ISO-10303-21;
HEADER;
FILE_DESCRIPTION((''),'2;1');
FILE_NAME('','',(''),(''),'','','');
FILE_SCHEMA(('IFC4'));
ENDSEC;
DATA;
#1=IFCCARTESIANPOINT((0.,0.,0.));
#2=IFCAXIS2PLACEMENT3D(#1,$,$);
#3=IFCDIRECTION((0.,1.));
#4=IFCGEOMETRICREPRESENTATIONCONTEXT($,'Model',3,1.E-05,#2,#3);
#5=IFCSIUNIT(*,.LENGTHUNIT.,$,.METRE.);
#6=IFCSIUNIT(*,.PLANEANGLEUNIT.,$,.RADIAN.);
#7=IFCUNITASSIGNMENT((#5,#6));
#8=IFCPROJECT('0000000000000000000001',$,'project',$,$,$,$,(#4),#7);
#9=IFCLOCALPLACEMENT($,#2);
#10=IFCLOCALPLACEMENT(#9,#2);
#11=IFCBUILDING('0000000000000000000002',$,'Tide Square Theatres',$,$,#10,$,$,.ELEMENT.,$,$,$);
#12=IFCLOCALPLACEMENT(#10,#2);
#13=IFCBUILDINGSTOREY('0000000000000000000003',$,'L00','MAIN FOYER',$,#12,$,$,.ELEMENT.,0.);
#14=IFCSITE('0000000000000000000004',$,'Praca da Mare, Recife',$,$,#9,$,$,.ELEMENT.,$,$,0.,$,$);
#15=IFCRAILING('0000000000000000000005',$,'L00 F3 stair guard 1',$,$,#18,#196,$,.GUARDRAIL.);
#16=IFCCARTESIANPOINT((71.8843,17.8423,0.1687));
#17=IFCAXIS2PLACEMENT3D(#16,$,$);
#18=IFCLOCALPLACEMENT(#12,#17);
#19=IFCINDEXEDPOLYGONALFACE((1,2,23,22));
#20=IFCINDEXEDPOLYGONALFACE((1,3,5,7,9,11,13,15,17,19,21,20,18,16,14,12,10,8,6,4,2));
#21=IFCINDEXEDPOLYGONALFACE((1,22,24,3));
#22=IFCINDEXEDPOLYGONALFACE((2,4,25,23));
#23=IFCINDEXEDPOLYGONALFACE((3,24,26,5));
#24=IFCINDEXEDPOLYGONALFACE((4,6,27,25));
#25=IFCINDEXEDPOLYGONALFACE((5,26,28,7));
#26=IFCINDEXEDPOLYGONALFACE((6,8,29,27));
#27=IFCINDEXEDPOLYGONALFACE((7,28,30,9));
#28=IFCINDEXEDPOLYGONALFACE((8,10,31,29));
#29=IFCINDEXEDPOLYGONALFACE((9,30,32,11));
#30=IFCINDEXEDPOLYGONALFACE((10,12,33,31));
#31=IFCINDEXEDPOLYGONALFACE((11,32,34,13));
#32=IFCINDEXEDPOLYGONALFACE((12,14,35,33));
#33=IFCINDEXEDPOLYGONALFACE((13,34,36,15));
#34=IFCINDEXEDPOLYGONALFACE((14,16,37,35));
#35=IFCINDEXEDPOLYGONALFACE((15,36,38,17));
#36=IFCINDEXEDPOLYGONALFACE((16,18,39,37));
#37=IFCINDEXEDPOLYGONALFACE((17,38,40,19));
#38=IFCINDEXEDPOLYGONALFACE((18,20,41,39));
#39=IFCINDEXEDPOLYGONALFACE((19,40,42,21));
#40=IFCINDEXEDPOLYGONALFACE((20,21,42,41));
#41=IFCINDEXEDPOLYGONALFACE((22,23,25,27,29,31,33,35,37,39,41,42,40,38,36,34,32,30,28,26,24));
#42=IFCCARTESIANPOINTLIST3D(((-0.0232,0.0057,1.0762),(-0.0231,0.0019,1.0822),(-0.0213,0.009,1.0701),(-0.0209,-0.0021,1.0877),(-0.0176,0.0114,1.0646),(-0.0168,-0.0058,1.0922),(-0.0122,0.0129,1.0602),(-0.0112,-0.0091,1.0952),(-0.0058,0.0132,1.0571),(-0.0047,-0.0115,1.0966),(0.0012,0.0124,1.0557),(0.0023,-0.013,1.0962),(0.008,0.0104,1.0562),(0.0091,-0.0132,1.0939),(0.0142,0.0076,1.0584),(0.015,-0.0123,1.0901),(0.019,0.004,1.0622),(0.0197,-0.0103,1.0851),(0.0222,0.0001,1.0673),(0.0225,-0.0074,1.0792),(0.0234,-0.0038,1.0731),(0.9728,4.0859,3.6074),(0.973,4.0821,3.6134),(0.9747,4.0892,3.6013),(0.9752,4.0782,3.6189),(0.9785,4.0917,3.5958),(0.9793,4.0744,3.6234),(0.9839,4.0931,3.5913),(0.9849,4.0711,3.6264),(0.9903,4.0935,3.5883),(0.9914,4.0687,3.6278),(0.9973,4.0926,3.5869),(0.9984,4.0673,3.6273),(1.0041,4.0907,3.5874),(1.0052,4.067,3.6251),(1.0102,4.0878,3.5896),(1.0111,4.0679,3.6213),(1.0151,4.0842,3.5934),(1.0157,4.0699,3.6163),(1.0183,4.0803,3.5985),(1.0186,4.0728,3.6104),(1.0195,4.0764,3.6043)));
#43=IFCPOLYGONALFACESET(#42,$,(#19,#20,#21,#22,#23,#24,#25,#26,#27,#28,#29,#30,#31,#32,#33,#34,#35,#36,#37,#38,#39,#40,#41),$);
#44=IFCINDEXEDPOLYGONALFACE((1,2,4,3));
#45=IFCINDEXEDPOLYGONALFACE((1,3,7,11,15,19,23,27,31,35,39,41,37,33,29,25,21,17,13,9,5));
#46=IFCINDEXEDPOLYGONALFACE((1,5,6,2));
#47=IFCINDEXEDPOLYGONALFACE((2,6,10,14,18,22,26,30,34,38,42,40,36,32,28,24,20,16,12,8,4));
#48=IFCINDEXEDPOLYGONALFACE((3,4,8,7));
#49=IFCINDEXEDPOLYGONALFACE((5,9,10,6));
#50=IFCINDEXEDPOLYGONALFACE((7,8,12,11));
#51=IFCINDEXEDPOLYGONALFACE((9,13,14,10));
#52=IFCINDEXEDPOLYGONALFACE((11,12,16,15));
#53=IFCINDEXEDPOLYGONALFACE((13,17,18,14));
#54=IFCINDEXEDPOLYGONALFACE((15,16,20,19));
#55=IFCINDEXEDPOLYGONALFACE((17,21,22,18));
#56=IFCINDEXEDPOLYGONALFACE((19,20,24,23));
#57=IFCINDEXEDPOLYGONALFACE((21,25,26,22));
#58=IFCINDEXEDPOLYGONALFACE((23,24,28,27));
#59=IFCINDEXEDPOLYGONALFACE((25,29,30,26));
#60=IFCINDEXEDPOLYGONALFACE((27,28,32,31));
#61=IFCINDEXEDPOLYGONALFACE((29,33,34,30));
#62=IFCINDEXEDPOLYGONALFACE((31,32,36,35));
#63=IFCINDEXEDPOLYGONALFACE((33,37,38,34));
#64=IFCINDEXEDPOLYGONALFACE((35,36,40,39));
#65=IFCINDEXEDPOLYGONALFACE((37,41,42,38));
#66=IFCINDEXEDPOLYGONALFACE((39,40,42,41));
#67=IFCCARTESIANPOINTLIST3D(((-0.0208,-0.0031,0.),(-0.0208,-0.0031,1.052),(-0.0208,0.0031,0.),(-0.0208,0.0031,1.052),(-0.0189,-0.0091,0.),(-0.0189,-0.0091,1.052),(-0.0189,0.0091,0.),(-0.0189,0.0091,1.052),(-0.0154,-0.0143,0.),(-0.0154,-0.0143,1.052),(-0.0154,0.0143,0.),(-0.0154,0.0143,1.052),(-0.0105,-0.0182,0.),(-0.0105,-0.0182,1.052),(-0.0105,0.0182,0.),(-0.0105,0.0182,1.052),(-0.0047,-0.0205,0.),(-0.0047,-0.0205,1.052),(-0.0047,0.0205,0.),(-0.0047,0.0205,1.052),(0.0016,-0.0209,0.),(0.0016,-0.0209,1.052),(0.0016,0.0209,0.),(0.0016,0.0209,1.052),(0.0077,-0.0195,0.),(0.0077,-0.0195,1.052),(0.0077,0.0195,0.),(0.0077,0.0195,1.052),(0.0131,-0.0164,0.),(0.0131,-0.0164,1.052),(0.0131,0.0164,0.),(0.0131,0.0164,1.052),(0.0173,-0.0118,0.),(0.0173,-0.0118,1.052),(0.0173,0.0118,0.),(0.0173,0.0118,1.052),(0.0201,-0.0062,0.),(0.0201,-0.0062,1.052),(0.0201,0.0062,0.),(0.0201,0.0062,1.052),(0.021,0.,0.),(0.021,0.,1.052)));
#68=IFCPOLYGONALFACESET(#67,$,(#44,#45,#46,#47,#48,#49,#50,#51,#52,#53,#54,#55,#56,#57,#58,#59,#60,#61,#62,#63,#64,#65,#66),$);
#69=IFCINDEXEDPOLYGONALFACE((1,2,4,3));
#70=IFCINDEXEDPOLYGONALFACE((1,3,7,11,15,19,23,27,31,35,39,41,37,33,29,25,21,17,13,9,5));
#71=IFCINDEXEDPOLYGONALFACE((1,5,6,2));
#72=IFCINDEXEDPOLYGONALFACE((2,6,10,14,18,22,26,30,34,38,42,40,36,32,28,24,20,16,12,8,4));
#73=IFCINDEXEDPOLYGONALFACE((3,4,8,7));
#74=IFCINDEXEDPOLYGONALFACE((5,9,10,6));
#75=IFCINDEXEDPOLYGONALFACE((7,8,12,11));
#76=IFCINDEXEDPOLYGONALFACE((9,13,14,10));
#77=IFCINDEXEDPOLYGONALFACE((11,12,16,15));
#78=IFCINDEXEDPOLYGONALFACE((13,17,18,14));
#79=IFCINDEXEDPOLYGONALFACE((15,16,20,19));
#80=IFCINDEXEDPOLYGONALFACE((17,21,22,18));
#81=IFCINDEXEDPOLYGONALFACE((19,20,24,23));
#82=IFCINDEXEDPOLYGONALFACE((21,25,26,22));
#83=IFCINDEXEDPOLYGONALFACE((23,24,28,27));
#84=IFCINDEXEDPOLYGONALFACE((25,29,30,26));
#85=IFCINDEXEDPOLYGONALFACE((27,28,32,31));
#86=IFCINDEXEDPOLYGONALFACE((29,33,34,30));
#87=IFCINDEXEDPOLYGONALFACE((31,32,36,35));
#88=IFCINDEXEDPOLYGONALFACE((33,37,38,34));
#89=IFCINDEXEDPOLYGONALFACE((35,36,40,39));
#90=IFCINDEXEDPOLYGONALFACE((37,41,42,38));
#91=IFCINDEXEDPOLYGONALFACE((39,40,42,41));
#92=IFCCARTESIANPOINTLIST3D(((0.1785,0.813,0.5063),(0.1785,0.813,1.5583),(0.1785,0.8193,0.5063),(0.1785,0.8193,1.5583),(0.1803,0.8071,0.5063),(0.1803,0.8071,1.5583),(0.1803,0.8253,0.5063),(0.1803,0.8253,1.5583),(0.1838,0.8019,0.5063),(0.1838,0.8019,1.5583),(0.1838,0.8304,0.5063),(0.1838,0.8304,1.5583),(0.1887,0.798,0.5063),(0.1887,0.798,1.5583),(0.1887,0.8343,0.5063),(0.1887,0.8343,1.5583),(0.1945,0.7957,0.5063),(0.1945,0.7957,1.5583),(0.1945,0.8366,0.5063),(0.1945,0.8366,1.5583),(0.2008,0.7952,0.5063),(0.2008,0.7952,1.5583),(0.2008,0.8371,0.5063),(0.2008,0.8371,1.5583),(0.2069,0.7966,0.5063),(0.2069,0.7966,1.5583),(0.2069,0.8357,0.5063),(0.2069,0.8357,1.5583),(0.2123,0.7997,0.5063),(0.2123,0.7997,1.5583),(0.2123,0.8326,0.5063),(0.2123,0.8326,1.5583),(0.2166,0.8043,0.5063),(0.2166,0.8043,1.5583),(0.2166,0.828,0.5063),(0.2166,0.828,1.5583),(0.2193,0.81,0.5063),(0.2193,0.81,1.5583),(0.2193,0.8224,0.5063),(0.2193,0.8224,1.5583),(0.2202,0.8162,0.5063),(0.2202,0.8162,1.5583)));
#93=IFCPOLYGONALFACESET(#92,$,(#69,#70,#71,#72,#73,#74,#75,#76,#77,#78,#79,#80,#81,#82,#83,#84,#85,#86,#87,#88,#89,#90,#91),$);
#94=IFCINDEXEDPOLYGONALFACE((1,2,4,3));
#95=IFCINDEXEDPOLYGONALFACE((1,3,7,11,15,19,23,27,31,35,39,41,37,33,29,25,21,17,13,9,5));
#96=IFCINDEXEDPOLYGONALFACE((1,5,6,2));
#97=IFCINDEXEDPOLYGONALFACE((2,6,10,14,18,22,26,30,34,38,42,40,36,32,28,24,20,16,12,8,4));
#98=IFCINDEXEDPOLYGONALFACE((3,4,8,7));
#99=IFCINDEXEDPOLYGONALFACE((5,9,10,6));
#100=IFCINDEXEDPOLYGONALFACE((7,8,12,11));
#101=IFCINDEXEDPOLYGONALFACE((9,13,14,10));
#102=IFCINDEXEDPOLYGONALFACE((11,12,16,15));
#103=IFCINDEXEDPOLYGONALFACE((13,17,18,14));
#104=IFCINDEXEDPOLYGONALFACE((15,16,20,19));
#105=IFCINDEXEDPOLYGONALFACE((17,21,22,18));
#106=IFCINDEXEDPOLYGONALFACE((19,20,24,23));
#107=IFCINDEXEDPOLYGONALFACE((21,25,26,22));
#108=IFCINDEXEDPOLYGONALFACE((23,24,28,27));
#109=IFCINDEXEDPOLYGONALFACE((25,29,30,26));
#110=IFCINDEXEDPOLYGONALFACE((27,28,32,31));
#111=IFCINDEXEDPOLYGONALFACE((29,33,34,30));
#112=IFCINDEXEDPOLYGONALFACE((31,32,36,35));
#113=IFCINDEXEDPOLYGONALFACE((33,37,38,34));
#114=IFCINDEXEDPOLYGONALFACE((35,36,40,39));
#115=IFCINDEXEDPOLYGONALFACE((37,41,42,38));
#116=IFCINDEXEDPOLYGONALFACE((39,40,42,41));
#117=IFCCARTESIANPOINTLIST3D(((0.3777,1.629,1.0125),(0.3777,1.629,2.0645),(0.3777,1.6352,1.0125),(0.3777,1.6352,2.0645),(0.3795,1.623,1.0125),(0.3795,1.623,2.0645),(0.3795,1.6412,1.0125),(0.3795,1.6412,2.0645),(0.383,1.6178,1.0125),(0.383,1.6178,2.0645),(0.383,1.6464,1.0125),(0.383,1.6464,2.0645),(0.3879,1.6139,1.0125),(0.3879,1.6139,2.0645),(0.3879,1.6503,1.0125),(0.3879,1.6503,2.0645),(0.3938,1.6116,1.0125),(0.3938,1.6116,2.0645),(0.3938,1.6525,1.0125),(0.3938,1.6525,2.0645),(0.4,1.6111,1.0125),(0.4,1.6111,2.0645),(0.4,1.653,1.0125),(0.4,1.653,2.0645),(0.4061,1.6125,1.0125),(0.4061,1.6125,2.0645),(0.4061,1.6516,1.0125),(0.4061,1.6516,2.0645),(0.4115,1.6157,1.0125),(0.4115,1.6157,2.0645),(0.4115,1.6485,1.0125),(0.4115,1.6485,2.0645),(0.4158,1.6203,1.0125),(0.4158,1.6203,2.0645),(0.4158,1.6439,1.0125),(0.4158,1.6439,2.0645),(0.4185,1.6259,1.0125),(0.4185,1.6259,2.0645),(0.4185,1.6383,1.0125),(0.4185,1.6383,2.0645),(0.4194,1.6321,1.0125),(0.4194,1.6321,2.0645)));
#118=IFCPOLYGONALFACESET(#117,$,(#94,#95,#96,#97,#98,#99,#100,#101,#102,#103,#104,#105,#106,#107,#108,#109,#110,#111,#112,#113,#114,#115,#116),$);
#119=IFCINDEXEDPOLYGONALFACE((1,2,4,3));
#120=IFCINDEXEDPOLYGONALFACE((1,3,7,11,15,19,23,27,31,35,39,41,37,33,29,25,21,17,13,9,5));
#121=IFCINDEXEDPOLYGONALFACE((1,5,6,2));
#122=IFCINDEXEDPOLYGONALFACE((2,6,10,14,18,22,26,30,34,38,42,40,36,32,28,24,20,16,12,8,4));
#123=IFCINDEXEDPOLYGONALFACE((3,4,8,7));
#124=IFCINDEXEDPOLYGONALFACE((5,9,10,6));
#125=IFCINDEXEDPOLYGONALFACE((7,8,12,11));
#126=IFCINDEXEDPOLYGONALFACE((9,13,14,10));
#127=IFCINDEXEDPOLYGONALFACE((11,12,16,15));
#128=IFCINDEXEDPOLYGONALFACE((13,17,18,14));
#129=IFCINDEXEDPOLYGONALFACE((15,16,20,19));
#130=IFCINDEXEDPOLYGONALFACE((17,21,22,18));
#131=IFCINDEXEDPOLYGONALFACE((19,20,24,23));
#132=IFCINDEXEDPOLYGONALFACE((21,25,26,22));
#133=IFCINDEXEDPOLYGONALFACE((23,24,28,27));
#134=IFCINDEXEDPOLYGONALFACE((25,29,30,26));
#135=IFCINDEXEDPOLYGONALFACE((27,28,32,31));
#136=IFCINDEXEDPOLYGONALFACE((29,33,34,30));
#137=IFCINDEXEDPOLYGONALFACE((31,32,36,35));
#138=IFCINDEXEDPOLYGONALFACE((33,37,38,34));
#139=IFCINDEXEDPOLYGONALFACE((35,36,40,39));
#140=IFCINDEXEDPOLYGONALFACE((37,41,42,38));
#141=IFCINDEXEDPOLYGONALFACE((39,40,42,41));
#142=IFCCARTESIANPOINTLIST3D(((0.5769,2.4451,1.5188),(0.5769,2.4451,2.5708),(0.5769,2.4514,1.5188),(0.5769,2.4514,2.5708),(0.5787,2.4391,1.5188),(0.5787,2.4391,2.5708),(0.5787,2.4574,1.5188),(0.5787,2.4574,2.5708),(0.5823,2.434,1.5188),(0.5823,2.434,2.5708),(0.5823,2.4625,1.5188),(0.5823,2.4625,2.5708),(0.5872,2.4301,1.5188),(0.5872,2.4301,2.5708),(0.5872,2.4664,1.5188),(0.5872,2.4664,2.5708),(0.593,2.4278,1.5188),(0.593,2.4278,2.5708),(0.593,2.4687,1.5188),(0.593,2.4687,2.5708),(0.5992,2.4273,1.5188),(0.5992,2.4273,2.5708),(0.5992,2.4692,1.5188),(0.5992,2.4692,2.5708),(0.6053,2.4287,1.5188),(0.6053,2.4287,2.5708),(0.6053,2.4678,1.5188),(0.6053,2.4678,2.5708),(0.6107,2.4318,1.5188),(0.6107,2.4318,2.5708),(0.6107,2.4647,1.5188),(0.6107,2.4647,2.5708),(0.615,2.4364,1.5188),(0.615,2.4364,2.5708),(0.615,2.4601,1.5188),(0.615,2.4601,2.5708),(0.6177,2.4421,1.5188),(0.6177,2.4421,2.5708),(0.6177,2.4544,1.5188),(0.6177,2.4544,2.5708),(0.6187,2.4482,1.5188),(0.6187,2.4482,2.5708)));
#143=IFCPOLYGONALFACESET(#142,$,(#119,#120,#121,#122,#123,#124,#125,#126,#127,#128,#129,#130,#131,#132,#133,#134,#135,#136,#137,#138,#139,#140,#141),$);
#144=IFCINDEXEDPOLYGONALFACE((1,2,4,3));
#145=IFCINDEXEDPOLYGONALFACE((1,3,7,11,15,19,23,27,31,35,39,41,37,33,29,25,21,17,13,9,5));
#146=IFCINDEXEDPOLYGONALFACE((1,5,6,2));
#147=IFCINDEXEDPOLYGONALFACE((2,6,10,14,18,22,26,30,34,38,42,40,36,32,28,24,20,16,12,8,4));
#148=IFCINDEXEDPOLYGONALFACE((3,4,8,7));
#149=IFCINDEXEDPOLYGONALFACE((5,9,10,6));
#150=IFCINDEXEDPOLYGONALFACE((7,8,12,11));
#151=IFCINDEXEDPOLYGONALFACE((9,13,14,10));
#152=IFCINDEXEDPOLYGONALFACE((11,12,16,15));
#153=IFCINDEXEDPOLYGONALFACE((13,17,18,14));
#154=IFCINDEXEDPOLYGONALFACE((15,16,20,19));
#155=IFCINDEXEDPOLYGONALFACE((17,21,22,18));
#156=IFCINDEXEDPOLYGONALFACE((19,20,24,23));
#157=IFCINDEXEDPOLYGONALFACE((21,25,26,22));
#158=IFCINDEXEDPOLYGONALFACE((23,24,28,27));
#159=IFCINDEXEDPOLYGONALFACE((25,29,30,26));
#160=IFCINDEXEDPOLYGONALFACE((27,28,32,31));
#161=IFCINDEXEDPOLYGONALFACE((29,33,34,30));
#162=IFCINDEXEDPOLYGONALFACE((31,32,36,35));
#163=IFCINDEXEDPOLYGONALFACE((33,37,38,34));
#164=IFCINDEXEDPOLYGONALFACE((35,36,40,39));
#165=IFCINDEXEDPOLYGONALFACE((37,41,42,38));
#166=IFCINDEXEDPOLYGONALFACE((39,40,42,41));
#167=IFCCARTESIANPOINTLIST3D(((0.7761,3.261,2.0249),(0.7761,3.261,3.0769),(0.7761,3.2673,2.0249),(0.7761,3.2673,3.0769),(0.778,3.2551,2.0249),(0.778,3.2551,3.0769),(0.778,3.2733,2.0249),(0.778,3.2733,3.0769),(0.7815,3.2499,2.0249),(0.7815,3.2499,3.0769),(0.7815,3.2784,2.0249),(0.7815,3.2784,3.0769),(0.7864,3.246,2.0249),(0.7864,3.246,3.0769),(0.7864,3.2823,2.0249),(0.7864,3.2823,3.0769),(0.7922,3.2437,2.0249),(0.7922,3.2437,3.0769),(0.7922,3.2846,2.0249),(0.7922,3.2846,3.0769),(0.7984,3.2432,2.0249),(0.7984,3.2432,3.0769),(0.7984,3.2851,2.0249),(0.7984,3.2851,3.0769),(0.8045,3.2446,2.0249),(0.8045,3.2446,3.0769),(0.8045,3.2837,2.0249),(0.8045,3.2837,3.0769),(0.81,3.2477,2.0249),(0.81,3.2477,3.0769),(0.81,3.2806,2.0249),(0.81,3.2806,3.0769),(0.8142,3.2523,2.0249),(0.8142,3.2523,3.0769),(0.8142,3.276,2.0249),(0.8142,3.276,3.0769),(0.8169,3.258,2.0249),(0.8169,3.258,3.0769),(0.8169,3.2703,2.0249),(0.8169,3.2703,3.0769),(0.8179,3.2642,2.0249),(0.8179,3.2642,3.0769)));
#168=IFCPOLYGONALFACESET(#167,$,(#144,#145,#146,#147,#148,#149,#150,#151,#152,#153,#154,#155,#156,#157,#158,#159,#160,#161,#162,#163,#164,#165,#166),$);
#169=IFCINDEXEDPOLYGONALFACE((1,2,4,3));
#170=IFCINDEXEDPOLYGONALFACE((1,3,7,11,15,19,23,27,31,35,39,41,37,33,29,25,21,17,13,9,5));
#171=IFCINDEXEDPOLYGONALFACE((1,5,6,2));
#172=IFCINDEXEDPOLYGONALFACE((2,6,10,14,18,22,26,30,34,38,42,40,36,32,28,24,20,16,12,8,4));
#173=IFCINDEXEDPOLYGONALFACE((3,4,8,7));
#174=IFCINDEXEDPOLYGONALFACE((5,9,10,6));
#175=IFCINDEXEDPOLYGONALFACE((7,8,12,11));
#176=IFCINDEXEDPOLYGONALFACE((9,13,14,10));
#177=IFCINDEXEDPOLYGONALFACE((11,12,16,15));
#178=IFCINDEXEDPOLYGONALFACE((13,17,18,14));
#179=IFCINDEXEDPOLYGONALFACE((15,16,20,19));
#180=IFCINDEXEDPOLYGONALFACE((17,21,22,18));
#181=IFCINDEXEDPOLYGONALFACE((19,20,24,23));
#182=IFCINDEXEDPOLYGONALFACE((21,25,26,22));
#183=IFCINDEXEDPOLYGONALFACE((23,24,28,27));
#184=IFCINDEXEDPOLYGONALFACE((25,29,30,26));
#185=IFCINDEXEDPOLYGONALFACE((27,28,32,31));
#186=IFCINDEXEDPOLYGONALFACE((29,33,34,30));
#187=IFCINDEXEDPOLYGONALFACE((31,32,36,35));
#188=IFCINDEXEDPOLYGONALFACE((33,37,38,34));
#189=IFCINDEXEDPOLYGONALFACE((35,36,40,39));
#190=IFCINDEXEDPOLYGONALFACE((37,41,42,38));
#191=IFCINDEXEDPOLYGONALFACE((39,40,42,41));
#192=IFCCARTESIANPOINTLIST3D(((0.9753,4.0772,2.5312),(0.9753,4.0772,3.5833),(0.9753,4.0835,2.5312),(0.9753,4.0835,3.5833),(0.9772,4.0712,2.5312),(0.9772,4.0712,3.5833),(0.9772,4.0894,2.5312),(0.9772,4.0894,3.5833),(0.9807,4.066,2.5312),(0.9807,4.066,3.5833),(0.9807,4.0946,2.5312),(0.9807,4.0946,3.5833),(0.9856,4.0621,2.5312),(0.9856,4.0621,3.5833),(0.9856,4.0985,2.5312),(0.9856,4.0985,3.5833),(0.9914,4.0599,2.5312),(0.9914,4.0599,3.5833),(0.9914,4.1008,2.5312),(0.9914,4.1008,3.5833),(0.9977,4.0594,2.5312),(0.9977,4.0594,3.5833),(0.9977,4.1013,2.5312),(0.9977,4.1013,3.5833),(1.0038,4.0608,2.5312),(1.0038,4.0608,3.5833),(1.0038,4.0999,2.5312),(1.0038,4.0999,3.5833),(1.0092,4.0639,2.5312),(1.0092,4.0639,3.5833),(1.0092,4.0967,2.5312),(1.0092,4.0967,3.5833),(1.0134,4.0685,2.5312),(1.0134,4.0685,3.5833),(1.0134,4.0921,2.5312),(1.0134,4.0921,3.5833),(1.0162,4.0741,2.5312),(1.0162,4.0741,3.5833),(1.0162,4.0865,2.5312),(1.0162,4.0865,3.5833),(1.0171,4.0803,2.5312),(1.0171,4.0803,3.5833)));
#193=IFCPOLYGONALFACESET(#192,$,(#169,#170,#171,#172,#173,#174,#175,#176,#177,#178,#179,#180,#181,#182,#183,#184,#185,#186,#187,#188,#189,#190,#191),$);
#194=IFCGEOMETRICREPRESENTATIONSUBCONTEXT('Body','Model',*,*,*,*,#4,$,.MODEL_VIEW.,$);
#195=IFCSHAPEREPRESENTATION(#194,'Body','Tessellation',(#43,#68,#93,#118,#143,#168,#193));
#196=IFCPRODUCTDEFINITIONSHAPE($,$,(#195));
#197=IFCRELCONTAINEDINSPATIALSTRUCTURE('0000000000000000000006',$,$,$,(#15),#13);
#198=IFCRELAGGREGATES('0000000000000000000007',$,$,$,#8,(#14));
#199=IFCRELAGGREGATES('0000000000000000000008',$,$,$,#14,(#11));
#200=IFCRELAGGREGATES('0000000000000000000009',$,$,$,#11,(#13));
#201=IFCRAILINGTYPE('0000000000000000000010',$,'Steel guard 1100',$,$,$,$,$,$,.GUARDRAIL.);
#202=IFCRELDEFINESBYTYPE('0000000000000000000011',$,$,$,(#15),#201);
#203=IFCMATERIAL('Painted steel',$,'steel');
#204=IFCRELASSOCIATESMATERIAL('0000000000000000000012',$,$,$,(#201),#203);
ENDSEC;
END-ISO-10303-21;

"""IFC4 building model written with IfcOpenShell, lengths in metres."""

from ifc_helpers import new_model, si_unit, direction, frame, origin, origin_2d, place, context, subcontext, project, spatial, circle, extrude, material, type_object, element, save


model = new_model("IFC4")

# Units and contexts
model_context = context("Model", 3, precision=1e-05, world=origin(), true_north=direction((0.0, 1.0)))
body_context = subcontext(model_context, "Body", "Model", "MODEL_VIEW")
ifc_project = project(units=[si_unit("LENGTHUNIT", "METRE"), si_unit("PLANEANGLEUNIT", "RADIAN")], contexts=[model_context])

# Site, building, storey
site_placement = place(None, origin())
site = spatial("IfcSite", under=ifc_project, at=site_placement, Name="Praca da Mare, Recife", CompositionType="ELEMENT", RefElevation=0.0)
building_placement = place(site_placement, origin())
building = spatial("IfcBuilding", under=site, at=building_placement, Name="Tide Square Theatres", CompositionType="ELEMENT")
storey_placement = place(building_placement, origin())
storey = spatial("IfcBuildingStorey", under=building, at=storey_placement, Name="L00", Description="MAIN FOYER", CompositionType="ELEMENT", Elevation=0.0)

# Railing
ifc_material_1 = material(Name="Painted steel", Category="steel")
railing_type_1 = type_object("IfcRailingType", Name="Steel guard 1100", PredefinedType="GUARDRAIL", material=ifc_material_1)
railing_1_placement = place(storey_placement, frame((71.8843, 17.8423, 0.1687)))
element("IfcRailing", 1, at=railing_1_placement, inside=storey, type_object=railing_type_1, Name="L00 F3 stair guard 1", PredefinedType="GUARDRAIL", context=body_context, shape_type="SweptSolid", body=[
    extrude(circle(Radius=0.0239, at=origin_2d()), frame((0.0, 0.0, 1.0762), z_axis=(0.203122, 0.832053, 0.516168), x_axis=(-0.971471, 0.237157, 0.0)), (0.0, 0.0, 1.0), 4.9038),
    extrude(circle(Radius=0.021, at=origin_2d()), origin(), (0.0, 0.0, 1.0), 1.052),
    extrude(circle(Radius=0.021, at=origin_2d()), frame((0.1992, 0.8162, 0.5063)), (0.0, 0.0, 1.0), 1.052),
    extrude(circle(Radius=0.021, at=origin_2d()), frame((0.3984, 1.6321, 1.0125)), (0.0, 0.0, 1.0), 1.052),
    extrude(circle(Radius=0.021, at=origin_2d()), frame((0.5977, 2.4482, 1.5188)), (0.0, 0.0, 1.0), 1.052),
    extrude(circle(Radius=0.021, at=origin_2d()), frame((0.7969, 3.2642, 2.0249)), (0.0, 0.0, 1.0), 1.052),
    extrude(circle(Radius=0.021, at=origin_2d()), frame((0.9961, 4.0803, 2.5312)), (0.0, 0.0, 1.0), 1.052),
])

save(model, "model.ifc")
